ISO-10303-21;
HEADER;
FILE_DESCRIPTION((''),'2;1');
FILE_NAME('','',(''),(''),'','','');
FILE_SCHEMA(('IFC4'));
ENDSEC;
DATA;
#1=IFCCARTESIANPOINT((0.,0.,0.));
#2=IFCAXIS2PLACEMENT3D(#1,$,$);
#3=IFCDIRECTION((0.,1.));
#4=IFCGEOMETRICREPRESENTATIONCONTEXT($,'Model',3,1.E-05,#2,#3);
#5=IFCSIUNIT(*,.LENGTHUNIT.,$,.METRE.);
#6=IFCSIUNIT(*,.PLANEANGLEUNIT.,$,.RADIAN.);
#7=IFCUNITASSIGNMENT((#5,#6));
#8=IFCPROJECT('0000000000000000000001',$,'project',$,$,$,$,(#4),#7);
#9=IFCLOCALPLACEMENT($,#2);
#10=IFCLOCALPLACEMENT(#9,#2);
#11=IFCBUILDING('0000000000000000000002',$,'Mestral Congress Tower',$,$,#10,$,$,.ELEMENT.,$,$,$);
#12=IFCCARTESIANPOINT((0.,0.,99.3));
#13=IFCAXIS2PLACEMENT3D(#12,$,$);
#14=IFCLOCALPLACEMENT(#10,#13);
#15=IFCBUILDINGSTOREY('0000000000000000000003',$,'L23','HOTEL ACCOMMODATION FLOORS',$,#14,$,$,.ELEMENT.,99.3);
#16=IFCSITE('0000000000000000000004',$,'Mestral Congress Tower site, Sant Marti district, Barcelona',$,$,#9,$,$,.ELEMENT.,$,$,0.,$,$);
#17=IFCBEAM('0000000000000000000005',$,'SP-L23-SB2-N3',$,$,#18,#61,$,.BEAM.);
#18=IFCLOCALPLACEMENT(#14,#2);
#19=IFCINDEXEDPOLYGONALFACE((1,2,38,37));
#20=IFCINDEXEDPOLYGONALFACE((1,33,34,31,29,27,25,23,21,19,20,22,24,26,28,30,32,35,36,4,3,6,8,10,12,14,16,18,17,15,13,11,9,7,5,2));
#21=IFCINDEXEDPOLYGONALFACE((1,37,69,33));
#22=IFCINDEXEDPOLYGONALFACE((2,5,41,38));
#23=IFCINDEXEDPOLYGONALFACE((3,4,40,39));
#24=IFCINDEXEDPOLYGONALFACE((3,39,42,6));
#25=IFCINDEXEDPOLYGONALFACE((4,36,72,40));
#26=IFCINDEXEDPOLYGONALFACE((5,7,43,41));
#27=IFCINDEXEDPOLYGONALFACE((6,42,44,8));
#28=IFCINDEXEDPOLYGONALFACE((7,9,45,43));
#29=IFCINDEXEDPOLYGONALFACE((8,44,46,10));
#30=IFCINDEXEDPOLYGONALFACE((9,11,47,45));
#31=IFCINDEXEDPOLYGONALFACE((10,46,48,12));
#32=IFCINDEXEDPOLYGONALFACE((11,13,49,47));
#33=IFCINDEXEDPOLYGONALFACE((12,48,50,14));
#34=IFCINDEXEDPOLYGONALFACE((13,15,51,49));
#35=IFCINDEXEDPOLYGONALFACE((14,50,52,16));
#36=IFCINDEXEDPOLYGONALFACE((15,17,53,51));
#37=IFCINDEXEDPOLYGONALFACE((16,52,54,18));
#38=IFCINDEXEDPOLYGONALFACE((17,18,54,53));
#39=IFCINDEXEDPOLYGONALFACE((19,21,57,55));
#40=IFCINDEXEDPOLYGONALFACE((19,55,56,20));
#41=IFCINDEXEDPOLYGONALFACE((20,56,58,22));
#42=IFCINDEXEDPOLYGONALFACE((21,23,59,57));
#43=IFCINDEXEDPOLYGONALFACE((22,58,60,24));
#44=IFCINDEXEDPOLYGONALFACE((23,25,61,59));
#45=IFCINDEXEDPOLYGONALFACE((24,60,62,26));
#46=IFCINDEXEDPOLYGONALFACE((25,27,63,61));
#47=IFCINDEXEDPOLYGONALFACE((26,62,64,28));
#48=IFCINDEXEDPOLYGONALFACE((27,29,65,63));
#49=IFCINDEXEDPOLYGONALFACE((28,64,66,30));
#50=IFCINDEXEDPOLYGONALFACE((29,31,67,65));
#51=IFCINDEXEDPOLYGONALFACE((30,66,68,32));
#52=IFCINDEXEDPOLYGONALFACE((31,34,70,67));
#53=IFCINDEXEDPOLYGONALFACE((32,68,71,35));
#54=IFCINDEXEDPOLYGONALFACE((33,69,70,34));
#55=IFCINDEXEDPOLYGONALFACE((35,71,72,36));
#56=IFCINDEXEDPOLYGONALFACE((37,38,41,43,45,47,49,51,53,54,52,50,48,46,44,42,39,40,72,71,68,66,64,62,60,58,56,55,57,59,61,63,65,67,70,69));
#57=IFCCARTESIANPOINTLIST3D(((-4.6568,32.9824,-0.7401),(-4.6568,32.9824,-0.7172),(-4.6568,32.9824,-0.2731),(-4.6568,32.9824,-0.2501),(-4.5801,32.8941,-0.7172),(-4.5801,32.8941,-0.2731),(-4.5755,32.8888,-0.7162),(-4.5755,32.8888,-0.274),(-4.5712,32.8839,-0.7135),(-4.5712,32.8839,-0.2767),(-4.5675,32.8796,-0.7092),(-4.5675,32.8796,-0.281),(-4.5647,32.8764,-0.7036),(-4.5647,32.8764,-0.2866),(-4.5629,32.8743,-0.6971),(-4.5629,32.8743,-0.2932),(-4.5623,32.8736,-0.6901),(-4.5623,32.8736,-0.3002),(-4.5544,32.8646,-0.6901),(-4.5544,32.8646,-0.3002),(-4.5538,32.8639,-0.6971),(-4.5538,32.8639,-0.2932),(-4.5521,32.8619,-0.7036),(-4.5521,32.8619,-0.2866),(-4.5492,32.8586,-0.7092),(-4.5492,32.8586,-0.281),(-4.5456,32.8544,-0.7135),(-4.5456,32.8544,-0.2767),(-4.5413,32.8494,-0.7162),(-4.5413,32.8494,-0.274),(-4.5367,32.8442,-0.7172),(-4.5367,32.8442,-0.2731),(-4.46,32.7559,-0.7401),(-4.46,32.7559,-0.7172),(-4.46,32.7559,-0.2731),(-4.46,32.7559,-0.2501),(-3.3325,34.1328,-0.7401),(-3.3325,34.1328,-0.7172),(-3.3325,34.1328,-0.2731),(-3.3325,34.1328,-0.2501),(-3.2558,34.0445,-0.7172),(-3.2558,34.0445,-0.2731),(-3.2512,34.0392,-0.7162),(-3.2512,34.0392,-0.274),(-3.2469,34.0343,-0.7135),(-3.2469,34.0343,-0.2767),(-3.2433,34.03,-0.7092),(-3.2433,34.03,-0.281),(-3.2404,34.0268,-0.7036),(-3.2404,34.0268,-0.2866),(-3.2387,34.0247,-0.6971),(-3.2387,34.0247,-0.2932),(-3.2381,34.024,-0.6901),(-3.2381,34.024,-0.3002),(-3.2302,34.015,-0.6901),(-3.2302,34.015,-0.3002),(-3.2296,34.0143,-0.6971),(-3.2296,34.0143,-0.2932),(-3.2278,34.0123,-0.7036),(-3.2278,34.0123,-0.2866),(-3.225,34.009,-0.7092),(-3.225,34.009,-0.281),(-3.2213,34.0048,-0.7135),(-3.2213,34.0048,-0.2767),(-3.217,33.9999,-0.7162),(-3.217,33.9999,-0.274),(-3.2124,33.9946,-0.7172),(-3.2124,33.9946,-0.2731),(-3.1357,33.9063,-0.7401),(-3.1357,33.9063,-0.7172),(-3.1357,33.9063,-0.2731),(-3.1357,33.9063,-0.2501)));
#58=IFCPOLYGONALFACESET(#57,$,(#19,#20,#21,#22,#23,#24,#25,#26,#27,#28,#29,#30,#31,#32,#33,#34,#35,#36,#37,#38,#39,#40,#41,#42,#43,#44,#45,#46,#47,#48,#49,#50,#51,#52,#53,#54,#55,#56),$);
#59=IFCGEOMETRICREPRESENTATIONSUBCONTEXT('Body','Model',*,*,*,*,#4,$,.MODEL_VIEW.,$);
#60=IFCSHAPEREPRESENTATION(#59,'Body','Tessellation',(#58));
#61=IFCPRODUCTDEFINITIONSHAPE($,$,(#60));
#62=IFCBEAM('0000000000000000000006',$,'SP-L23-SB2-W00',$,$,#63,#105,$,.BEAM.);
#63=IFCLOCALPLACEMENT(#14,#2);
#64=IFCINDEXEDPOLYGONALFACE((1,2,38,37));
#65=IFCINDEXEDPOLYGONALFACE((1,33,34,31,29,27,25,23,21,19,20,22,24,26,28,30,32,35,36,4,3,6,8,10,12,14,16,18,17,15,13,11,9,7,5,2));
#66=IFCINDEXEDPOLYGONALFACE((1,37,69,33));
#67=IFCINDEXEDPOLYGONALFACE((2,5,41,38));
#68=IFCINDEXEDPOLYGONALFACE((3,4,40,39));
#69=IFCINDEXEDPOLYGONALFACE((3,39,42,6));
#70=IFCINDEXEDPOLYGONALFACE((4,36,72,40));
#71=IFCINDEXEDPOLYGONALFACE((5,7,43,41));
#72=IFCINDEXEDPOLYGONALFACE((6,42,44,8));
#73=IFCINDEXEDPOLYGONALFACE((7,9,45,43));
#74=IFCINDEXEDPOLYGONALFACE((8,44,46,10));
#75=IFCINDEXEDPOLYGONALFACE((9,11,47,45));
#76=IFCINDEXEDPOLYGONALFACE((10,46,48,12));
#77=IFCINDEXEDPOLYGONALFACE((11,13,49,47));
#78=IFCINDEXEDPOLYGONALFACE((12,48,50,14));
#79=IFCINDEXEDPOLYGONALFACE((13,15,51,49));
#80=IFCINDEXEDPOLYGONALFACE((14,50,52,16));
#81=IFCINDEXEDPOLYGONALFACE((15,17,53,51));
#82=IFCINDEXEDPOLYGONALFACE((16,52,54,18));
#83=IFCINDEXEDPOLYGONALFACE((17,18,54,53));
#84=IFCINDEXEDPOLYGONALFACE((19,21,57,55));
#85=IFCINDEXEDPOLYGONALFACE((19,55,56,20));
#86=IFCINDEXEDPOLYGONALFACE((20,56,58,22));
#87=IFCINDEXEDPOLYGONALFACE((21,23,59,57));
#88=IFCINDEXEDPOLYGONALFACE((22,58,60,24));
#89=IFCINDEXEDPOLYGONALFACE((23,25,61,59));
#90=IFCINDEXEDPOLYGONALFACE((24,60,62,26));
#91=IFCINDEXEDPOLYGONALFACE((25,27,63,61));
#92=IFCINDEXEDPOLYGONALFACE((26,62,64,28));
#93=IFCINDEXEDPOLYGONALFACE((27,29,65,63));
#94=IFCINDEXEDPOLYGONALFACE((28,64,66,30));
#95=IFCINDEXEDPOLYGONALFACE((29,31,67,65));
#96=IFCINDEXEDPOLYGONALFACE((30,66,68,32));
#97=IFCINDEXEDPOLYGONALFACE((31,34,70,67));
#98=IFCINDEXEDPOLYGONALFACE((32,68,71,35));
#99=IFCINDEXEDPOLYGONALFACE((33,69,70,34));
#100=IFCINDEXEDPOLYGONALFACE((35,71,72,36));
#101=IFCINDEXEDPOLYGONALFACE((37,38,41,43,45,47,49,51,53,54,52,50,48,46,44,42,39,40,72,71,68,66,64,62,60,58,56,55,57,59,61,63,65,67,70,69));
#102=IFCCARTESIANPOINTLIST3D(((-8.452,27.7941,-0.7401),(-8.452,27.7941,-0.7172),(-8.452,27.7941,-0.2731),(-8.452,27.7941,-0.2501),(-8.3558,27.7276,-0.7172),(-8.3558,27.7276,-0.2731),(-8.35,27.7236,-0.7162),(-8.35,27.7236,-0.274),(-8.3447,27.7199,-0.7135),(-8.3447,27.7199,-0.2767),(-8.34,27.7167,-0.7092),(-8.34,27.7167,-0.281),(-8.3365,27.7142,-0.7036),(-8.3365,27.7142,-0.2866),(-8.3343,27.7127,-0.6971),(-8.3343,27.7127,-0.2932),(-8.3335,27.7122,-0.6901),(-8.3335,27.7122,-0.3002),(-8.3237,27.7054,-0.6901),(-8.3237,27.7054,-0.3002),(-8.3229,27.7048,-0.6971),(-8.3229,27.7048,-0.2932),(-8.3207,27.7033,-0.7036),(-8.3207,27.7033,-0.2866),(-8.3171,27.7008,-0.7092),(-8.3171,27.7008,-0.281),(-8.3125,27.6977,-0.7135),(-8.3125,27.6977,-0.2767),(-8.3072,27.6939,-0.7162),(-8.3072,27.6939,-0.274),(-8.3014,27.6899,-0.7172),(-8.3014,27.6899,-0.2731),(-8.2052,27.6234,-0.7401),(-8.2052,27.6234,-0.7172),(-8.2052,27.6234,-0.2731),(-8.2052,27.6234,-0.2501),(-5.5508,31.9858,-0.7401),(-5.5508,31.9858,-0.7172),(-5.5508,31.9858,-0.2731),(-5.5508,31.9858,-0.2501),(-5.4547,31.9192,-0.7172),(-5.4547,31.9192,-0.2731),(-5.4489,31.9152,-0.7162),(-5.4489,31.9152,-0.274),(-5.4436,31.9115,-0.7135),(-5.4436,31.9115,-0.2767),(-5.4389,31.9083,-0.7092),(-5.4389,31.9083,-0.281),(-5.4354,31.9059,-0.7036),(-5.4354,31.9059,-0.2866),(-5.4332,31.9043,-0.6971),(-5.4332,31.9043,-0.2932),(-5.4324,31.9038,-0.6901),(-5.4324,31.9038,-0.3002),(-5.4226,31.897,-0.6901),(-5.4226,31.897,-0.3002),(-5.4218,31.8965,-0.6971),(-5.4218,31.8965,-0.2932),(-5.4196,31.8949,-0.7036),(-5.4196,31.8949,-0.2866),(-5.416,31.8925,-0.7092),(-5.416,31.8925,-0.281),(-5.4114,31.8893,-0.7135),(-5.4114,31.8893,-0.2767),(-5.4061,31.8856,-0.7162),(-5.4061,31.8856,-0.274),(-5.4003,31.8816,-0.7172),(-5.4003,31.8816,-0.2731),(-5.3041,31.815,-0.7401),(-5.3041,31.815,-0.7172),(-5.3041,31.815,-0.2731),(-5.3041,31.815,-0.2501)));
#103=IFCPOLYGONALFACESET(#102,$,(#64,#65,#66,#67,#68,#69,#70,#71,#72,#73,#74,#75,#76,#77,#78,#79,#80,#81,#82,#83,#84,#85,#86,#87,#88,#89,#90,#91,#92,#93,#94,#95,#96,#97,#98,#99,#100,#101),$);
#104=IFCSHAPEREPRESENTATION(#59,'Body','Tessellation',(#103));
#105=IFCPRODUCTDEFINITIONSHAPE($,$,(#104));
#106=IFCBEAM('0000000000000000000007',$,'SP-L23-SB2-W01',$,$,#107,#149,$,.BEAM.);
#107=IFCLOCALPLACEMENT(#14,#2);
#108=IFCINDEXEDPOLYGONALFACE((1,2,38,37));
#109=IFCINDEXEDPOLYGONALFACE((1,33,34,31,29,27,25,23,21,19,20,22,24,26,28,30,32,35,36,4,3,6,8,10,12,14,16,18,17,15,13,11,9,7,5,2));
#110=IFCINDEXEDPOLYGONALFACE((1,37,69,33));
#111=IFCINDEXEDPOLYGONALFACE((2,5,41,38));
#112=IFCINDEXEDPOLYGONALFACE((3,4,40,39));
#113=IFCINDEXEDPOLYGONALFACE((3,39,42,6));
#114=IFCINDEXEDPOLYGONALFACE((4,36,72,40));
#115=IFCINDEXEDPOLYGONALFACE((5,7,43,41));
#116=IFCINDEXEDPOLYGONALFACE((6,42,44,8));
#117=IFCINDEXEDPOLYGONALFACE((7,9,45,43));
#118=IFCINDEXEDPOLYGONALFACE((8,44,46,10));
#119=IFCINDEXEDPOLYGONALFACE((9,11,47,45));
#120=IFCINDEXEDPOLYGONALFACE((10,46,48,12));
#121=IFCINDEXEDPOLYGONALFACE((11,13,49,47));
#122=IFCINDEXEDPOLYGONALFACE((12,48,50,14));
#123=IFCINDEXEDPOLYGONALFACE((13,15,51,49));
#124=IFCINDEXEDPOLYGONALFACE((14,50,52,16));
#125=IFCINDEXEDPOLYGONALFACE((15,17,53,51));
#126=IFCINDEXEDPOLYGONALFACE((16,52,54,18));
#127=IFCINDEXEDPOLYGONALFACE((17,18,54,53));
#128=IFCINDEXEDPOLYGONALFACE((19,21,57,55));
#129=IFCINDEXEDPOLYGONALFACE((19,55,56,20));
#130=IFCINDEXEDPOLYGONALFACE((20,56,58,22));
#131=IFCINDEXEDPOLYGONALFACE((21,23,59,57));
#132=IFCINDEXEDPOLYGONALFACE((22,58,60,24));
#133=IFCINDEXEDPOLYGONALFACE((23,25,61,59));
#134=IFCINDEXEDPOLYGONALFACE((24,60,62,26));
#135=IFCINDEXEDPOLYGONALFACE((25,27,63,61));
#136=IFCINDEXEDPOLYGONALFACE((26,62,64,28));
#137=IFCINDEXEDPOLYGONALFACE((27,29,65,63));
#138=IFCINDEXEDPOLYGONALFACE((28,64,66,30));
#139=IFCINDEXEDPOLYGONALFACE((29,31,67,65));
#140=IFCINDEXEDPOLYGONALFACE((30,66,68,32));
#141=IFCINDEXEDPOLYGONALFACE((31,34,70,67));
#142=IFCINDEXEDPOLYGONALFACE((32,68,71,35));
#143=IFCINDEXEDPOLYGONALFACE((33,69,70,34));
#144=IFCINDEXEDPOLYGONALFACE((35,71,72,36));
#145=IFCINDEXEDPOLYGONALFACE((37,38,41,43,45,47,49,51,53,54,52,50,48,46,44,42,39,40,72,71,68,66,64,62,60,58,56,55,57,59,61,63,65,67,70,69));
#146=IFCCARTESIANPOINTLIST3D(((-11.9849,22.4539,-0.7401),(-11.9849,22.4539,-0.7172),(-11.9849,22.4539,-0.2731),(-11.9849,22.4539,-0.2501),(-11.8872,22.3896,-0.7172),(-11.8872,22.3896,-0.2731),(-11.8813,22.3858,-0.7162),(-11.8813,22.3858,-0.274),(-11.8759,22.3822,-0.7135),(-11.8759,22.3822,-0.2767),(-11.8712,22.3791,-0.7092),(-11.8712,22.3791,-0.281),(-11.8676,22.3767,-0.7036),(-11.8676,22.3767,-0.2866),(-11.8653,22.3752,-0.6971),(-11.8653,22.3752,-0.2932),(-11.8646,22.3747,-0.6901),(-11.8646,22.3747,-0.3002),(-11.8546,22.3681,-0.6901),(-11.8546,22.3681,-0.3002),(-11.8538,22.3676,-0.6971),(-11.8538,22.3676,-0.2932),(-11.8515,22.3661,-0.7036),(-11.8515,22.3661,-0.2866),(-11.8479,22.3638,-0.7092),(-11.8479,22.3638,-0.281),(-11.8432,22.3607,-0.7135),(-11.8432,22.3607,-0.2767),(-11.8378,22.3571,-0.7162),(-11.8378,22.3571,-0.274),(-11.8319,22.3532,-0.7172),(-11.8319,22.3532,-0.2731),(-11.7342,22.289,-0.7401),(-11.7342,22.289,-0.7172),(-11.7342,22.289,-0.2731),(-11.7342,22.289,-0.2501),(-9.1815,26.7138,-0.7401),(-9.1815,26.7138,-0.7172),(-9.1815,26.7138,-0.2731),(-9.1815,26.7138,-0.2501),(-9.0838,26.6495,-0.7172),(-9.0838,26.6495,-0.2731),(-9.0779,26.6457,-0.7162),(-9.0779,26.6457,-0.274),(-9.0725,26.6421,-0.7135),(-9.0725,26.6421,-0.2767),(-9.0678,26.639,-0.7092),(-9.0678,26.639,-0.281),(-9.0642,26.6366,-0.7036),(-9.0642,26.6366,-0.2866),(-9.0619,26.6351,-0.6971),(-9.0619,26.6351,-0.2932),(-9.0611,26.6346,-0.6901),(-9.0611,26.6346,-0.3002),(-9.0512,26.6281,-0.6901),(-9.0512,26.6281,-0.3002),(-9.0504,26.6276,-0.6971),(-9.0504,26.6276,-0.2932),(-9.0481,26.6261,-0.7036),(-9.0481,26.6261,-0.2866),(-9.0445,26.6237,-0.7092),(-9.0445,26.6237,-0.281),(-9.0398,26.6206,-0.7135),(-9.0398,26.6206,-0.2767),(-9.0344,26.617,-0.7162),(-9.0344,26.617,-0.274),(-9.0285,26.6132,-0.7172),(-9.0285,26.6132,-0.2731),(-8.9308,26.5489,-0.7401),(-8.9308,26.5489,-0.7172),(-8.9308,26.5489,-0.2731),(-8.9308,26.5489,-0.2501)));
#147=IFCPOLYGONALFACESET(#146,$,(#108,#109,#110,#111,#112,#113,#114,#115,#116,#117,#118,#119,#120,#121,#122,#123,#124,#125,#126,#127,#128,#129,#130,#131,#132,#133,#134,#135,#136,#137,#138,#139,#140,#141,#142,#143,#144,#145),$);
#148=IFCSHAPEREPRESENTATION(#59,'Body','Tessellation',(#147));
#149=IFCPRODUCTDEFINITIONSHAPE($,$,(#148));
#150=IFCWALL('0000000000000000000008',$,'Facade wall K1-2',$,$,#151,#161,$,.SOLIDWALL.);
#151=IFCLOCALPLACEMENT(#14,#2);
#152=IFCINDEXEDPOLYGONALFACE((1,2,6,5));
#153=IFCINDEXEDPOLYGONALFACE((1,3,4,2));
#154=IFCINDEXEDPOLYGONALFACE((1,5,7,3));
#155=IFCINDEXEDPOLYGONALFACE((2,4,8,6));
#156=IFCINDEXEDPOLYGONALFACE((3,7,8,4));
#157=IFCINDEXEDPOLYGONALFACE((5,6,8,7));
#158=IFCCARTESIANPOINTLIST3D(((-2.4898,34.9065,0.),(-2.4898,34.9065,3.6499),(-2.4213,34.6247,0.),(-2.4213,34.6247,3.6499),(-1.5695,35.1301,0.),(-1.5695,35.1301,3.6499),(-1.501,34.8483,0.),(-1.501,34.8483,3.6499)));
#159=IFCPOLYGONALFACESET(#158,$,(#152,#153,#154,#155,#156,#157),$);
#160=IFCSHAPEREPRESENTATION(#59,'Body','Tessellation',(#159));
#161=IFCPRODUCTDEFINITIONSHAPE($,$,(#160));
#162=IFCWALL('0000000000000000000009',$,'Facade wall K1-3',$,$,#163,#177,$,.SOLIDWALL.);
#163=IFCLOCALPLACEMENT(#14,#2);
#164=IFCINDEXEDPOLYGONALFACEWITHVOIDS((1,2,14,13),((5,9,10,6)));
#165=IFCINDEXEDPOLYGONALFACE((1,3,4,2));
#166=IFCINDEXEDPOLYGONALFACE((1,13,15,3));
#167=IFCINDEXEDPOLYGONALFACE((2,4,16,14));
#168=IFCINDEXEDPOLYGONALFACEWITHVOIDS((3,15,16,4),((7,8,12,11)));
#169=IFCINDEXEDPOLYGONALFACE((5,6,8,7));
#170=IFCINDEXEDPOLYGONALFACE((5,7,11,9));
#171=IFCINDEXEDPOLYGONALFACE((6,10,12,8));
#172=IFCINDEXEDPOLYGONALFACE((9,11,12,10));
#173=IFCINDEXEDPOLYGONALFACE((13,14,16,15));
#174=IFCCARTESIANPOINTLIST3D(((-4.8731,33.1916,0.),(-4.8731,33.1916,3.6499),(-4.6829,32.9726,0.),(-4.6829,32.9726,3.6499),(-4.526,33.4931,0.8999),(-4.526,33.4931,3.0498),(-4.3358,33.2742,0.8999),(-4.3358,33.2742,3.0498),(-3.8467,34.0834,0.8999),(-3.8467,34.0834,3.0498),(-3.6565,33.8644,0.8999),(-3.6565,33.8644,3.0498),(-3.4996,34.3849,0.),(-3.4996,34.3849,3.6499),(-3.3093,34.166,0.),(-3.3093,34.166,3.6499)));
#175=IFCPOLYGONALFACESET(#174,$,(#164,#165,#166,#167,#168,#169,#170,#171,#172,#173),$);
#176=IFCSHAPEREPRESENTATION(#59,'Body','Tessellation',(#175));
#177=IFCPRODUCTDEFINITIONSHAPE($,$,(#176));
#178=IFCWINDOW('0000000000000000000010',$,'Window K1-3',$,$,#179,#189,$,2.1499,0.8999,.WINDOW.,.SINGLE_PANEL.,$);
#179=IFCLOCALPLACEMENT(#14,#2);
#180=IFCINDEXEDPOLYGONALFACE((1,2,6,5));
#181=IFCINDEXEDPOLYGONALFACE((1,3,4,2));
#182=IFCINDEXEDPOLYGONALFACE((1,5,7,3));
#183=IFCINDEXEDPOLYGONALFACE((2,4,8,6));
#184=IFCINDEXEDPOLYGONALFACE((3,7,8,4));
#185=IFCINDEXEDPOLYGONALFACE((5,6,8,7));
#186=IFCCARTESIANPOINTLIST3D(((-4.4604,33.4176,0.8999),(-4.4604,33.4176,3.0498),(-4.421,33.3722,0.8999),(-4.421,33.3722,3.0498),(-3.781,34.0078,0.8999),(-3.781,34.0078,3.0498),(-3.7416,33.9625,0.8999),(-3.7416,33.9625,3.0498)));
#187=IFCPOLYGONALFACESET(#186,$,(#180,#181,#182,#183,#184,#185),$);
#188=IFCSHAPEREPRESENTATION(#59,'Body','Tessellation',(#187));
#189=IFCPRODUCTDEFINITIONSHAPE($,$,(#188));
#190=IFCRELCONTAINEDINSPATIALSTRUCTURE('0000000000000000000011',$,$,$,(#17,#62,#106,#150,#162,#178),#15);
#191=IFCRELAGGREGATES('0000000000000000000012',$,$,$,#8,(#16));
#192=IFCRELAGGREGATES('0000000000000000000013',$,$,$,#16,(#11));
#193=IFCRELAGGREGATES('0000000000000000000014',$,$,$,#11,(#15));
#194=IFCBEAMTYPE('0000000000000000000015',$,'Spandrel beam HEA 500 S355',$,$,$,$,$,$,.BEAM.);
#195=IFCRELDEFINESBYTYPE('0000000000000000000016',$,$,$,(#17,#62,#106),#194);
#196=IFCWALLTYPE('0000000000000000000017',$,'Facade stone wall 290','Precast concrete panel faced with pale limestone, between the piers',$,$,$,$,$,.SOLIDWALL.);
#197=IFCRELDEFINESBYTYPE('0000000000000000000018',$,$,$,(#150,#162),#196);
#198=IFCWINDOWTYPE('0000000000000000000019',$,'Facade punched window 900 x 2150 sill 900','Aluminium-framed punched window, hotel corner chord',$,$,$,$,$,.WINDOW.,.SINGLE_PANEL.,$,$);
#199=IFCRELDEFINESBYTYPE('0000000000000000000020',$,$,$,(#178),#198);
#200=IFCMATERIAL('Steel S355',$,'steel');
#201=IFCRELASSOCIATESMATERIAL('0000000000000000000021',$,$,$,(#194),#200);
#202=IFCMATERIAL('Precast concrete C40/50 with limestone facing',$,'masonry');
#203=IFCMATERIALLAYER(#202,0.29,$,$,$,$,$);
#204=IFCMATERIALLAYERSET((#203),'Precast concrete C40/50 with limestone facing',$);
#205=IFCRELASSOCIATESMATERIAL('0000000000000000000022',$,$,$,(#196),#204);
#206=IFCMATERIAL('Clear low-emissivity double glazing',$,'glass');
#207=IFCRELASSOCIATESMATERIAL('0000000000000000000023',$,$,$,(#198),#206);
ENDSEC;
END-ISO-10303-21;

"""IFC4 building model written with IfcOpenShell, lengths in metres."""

from ifc_helpers import new_model, si_unit, direction, frame, frame_2d, origin, origin_2d, place, context, subcontext, project, spatial, rectangle, i_section, extrude, material, layer, layer_set, material_profile, profile_set, type_object, element, fill, save


model = new_model("IFC4")

# Units and contexts
model_context = context("Model", 3, precision=1e-05, world=origin(), true_north=direction((0.0, 1.0)))
body_context = subcontext(model_context, "Body", "Model", "MODEL_VIEW")
ifc_project = project(units=[si_unit("LENGTHUNIT", "METRE"), si_unit("PLANEANGLEUNIT", "RADIAN")], contexts=[model_context])

# Site, building, storey
site_placement = place(None, origin())
site = spatial("IfcSite", under=ifc_project, at=site_placement, Name="Mestral Congress Tower site, Sant Marti district, Barcelona", CompositionType="ELEMENT", RefElevation=0.0)
building_placement = place(site_placement, origin())
building = spatial("IfcBuilding", under=site, at=building_placement, Name="Mestral Congress Tower", CompositionType="ELEMENT")
storey_placement = place(building_placement, frame((0.0, 0.0, 99.3)))
storey = spatial("IfcBuildingStorey", under=building, at=storey_placement, Name="L23", Description="HOTEL ACCOMMODATION FLOORS", CompositionType="ELEMENT", Elevation=99.3)

# Beams
ifc_material_1 = material(Name="Steel S355", Category="steel")
ifc_material_profile_1 = material_profile(ifc_material_1, i_section(OverallWidth=0.3, OverallDepth=0.49, WebThickness=0.012, FlangeThickness=0.0229, FilletRadius=0.0271, at=origin_2d()), Name="HEA 500")
ifc_profile_set_1 = profile_set([ifc_material_profile_1], Name="Steel S355")
beam_type_1 = type_object("IfcBeamType", Name="Spandrel beam HEA 500 S355", PredefinedType="BEAM", material=ifc_profile_set_1)
beam_1_placement = place(storey_placement, frame((-3.2341, 34.0195, -0.4951), z_axis=(-0.754917, -0.65582, 0.0), x_axis=(0.65582, -0.754917, 0.0)))
element("IfcBeam", 1, at=beam_1_placement, inside=storey, type_object=beam_type_1, Name="SP-L23-SB2-N3", PredefinedType="BEAM", context=body_context, shape_type="SweptSolid", body=[
    extrude(i_section(OverallWidth=0.3, OverallDepth=0.49, WebThickness=0.012, FlangeThickness=0.0229, FilletRadius=0.0271, at=origin_2d()), origin(), (0.0, 0.0, 1.0), 1.7542),
])
beam_2_placement = place(storey_placement, frame((-5.4275, 31.9004, -0.4951), z_axis=(-0.569105, -0.822265, 0.0), x_axis=(0.822265, -0.569105, 0.0)))
element("IfcBeam", 2, at=beam_2_placement, inside=storey, type_object=beam_type_1, Name="SP-L23-SB2-W00", PredefinedType="BEAM", context=body_context, shape_type="SweptSolid", body=[
    extrude(i_section(OverallWidth=0.3, OverallDepth=0.49, WebThickness=0.012, FlangeThickness=0.0229, FilletRadius=0.0271, at=origin_2d()), origin(), (0.0, 0.0, 1.0), 5.0977),
])
beam_3_placement = place(storey_placement, frame((-9.0562, 26.6313, -0.4951), z_axis=(-0.54973, -0.835342, 0.0), x_axis=(0.835342, -0.54973, 0.0)))
element("IfcBeam", 3, at=beam_3_placement, inside=storey, type_object=beam_type_1, Name="SP-L23-SB2-W01", PredefinedType="BEAM", context=body_context, shape_type="SweptSolid", body=[
    extrude(i_section(OverallWidth=0.3, OverallDepth=0.49, WebThickness=0.012, FlangeThickness=0.0229, FilletRadius=0.0271, at=origin_2d()), origin(), (0.0, 0.0, 1.0), 5.0996),
])

# Wall
ifc_material_2 = material(Name="Precast concrete C40/50 with limestone facing", Category="masonry")
ifc_layer_1 = layer(ifc_material_2, 0.29)
ifc_layer_set_1 = layer_set([ifc_layer_1], Name="Precast concrete C40/50 with limestone facing")
wall_type_1 = type_object("IfcWallType", Name="Facade stone wall 290", Description="Precast concrete panel faced with pale limestone, between the piers", PredefinedType="SOLIDWALL", material=ifc_layer_set_1)
wall_1_placement = place(storey_placement, frame((-1.5352, 34.9893, 0.0), z_axis=(0.0, 0.0, 1.0), x_axis=(-0.971714, -0.236161, 0.0)))
element("IfcWall", 4, at=wall_1_placement, inside=storey, type_object=wall_type_1, Name="Facade wall K1-2", PredefinedType="SOLIDWALL", context=body_context, shape_type="SweptSolid", body=[
    extrude(rectangle(XDim=0.947, YDim=0.29, at=frame_2d((0.4736, 0.0))), origin(), (0.0, 0.0, 1.0), 3.6499),
])

# Wall, opening, window
wall_2_placement = place(storey_placement, frame((-3.4045, 34.2754, 0.0), z_axis=(0.0, 0.0, 1.0), x_axis=(-0.754883, -0.65586, 0.0)))
wall_2 = element("IfcWall", 5, at=wall_2_placement, inside=storey, type_object=wall_type_1, Name="Facade wall K1-3", PredefinedType="SOLIDWALL", context=body_context, shape_type="SweptSolid", body=[
    extrude(rectangle(XDim=1.8196, YDim=0.29, at=frame_2d((0.9097, 0.0))), origin(), (0.0, 0.0, 1.0), 3.6499),
])
opening_1_placement = place(wall_2_placement, frame((0.4597, 0.0, 0.8999)))
opening_1 = element("IfcOpeningElement", 6, at=opening_1_placement, cuts=wall_2, PredefinedType="OPENING", context=body_context, shape_type="SweptSolid", body=[
    extrude(rectangle(XDim=0.8999, YDim=2.1499, at=frame_2d((0.45, 1.075))), frame((0.0, 0.155, 0.0), z_axis=(0.0, -1.0, 0.0), x_axis=(1.0, 0.0, 0.0)), (0.0, 0.0, 1.0), 0.3101),
])
ifc_material_3 = material(Name="Clear low-emissivity double glazing", Category="glass")
window_type_1 = type_object("IfcWindowType", Name="Facade punched window 900 x 2150 sill 900", Description="Aluminium-framed punched window, hotel corner chord", PartitioningType="SINGLE_PANEL", PredefinedType="WINDOW", material=ifc_material_3)
window_1_placement = place(opening_1_placement, origin())
window_1 = element("IfcWindow", 7, at=window_1_placement, inside=storey, type_object=window_type_1, Name="Window K1-3", OverallHeight=2.1499, OverallWidth=0.8999, PartitioningType="SINGLE_PANEL", PredefinedType="WINDOW", context=body_context, shape_type="SweptSolid", body=[
    extrude(rectangle(XDim=0.8999, YDim=2.1499, at=frame_2d((0.45, 1.075))), frame((0.0, 0.0151, 0.0), z_axis=(0.0, -1.0, 0.0), x_axis=(1.0, 0.0, 0.0)), (0.0, 0.0, 1.0), 0.0601),
])
fill(opening_1, window_1)

save(model, "model.ifc")
